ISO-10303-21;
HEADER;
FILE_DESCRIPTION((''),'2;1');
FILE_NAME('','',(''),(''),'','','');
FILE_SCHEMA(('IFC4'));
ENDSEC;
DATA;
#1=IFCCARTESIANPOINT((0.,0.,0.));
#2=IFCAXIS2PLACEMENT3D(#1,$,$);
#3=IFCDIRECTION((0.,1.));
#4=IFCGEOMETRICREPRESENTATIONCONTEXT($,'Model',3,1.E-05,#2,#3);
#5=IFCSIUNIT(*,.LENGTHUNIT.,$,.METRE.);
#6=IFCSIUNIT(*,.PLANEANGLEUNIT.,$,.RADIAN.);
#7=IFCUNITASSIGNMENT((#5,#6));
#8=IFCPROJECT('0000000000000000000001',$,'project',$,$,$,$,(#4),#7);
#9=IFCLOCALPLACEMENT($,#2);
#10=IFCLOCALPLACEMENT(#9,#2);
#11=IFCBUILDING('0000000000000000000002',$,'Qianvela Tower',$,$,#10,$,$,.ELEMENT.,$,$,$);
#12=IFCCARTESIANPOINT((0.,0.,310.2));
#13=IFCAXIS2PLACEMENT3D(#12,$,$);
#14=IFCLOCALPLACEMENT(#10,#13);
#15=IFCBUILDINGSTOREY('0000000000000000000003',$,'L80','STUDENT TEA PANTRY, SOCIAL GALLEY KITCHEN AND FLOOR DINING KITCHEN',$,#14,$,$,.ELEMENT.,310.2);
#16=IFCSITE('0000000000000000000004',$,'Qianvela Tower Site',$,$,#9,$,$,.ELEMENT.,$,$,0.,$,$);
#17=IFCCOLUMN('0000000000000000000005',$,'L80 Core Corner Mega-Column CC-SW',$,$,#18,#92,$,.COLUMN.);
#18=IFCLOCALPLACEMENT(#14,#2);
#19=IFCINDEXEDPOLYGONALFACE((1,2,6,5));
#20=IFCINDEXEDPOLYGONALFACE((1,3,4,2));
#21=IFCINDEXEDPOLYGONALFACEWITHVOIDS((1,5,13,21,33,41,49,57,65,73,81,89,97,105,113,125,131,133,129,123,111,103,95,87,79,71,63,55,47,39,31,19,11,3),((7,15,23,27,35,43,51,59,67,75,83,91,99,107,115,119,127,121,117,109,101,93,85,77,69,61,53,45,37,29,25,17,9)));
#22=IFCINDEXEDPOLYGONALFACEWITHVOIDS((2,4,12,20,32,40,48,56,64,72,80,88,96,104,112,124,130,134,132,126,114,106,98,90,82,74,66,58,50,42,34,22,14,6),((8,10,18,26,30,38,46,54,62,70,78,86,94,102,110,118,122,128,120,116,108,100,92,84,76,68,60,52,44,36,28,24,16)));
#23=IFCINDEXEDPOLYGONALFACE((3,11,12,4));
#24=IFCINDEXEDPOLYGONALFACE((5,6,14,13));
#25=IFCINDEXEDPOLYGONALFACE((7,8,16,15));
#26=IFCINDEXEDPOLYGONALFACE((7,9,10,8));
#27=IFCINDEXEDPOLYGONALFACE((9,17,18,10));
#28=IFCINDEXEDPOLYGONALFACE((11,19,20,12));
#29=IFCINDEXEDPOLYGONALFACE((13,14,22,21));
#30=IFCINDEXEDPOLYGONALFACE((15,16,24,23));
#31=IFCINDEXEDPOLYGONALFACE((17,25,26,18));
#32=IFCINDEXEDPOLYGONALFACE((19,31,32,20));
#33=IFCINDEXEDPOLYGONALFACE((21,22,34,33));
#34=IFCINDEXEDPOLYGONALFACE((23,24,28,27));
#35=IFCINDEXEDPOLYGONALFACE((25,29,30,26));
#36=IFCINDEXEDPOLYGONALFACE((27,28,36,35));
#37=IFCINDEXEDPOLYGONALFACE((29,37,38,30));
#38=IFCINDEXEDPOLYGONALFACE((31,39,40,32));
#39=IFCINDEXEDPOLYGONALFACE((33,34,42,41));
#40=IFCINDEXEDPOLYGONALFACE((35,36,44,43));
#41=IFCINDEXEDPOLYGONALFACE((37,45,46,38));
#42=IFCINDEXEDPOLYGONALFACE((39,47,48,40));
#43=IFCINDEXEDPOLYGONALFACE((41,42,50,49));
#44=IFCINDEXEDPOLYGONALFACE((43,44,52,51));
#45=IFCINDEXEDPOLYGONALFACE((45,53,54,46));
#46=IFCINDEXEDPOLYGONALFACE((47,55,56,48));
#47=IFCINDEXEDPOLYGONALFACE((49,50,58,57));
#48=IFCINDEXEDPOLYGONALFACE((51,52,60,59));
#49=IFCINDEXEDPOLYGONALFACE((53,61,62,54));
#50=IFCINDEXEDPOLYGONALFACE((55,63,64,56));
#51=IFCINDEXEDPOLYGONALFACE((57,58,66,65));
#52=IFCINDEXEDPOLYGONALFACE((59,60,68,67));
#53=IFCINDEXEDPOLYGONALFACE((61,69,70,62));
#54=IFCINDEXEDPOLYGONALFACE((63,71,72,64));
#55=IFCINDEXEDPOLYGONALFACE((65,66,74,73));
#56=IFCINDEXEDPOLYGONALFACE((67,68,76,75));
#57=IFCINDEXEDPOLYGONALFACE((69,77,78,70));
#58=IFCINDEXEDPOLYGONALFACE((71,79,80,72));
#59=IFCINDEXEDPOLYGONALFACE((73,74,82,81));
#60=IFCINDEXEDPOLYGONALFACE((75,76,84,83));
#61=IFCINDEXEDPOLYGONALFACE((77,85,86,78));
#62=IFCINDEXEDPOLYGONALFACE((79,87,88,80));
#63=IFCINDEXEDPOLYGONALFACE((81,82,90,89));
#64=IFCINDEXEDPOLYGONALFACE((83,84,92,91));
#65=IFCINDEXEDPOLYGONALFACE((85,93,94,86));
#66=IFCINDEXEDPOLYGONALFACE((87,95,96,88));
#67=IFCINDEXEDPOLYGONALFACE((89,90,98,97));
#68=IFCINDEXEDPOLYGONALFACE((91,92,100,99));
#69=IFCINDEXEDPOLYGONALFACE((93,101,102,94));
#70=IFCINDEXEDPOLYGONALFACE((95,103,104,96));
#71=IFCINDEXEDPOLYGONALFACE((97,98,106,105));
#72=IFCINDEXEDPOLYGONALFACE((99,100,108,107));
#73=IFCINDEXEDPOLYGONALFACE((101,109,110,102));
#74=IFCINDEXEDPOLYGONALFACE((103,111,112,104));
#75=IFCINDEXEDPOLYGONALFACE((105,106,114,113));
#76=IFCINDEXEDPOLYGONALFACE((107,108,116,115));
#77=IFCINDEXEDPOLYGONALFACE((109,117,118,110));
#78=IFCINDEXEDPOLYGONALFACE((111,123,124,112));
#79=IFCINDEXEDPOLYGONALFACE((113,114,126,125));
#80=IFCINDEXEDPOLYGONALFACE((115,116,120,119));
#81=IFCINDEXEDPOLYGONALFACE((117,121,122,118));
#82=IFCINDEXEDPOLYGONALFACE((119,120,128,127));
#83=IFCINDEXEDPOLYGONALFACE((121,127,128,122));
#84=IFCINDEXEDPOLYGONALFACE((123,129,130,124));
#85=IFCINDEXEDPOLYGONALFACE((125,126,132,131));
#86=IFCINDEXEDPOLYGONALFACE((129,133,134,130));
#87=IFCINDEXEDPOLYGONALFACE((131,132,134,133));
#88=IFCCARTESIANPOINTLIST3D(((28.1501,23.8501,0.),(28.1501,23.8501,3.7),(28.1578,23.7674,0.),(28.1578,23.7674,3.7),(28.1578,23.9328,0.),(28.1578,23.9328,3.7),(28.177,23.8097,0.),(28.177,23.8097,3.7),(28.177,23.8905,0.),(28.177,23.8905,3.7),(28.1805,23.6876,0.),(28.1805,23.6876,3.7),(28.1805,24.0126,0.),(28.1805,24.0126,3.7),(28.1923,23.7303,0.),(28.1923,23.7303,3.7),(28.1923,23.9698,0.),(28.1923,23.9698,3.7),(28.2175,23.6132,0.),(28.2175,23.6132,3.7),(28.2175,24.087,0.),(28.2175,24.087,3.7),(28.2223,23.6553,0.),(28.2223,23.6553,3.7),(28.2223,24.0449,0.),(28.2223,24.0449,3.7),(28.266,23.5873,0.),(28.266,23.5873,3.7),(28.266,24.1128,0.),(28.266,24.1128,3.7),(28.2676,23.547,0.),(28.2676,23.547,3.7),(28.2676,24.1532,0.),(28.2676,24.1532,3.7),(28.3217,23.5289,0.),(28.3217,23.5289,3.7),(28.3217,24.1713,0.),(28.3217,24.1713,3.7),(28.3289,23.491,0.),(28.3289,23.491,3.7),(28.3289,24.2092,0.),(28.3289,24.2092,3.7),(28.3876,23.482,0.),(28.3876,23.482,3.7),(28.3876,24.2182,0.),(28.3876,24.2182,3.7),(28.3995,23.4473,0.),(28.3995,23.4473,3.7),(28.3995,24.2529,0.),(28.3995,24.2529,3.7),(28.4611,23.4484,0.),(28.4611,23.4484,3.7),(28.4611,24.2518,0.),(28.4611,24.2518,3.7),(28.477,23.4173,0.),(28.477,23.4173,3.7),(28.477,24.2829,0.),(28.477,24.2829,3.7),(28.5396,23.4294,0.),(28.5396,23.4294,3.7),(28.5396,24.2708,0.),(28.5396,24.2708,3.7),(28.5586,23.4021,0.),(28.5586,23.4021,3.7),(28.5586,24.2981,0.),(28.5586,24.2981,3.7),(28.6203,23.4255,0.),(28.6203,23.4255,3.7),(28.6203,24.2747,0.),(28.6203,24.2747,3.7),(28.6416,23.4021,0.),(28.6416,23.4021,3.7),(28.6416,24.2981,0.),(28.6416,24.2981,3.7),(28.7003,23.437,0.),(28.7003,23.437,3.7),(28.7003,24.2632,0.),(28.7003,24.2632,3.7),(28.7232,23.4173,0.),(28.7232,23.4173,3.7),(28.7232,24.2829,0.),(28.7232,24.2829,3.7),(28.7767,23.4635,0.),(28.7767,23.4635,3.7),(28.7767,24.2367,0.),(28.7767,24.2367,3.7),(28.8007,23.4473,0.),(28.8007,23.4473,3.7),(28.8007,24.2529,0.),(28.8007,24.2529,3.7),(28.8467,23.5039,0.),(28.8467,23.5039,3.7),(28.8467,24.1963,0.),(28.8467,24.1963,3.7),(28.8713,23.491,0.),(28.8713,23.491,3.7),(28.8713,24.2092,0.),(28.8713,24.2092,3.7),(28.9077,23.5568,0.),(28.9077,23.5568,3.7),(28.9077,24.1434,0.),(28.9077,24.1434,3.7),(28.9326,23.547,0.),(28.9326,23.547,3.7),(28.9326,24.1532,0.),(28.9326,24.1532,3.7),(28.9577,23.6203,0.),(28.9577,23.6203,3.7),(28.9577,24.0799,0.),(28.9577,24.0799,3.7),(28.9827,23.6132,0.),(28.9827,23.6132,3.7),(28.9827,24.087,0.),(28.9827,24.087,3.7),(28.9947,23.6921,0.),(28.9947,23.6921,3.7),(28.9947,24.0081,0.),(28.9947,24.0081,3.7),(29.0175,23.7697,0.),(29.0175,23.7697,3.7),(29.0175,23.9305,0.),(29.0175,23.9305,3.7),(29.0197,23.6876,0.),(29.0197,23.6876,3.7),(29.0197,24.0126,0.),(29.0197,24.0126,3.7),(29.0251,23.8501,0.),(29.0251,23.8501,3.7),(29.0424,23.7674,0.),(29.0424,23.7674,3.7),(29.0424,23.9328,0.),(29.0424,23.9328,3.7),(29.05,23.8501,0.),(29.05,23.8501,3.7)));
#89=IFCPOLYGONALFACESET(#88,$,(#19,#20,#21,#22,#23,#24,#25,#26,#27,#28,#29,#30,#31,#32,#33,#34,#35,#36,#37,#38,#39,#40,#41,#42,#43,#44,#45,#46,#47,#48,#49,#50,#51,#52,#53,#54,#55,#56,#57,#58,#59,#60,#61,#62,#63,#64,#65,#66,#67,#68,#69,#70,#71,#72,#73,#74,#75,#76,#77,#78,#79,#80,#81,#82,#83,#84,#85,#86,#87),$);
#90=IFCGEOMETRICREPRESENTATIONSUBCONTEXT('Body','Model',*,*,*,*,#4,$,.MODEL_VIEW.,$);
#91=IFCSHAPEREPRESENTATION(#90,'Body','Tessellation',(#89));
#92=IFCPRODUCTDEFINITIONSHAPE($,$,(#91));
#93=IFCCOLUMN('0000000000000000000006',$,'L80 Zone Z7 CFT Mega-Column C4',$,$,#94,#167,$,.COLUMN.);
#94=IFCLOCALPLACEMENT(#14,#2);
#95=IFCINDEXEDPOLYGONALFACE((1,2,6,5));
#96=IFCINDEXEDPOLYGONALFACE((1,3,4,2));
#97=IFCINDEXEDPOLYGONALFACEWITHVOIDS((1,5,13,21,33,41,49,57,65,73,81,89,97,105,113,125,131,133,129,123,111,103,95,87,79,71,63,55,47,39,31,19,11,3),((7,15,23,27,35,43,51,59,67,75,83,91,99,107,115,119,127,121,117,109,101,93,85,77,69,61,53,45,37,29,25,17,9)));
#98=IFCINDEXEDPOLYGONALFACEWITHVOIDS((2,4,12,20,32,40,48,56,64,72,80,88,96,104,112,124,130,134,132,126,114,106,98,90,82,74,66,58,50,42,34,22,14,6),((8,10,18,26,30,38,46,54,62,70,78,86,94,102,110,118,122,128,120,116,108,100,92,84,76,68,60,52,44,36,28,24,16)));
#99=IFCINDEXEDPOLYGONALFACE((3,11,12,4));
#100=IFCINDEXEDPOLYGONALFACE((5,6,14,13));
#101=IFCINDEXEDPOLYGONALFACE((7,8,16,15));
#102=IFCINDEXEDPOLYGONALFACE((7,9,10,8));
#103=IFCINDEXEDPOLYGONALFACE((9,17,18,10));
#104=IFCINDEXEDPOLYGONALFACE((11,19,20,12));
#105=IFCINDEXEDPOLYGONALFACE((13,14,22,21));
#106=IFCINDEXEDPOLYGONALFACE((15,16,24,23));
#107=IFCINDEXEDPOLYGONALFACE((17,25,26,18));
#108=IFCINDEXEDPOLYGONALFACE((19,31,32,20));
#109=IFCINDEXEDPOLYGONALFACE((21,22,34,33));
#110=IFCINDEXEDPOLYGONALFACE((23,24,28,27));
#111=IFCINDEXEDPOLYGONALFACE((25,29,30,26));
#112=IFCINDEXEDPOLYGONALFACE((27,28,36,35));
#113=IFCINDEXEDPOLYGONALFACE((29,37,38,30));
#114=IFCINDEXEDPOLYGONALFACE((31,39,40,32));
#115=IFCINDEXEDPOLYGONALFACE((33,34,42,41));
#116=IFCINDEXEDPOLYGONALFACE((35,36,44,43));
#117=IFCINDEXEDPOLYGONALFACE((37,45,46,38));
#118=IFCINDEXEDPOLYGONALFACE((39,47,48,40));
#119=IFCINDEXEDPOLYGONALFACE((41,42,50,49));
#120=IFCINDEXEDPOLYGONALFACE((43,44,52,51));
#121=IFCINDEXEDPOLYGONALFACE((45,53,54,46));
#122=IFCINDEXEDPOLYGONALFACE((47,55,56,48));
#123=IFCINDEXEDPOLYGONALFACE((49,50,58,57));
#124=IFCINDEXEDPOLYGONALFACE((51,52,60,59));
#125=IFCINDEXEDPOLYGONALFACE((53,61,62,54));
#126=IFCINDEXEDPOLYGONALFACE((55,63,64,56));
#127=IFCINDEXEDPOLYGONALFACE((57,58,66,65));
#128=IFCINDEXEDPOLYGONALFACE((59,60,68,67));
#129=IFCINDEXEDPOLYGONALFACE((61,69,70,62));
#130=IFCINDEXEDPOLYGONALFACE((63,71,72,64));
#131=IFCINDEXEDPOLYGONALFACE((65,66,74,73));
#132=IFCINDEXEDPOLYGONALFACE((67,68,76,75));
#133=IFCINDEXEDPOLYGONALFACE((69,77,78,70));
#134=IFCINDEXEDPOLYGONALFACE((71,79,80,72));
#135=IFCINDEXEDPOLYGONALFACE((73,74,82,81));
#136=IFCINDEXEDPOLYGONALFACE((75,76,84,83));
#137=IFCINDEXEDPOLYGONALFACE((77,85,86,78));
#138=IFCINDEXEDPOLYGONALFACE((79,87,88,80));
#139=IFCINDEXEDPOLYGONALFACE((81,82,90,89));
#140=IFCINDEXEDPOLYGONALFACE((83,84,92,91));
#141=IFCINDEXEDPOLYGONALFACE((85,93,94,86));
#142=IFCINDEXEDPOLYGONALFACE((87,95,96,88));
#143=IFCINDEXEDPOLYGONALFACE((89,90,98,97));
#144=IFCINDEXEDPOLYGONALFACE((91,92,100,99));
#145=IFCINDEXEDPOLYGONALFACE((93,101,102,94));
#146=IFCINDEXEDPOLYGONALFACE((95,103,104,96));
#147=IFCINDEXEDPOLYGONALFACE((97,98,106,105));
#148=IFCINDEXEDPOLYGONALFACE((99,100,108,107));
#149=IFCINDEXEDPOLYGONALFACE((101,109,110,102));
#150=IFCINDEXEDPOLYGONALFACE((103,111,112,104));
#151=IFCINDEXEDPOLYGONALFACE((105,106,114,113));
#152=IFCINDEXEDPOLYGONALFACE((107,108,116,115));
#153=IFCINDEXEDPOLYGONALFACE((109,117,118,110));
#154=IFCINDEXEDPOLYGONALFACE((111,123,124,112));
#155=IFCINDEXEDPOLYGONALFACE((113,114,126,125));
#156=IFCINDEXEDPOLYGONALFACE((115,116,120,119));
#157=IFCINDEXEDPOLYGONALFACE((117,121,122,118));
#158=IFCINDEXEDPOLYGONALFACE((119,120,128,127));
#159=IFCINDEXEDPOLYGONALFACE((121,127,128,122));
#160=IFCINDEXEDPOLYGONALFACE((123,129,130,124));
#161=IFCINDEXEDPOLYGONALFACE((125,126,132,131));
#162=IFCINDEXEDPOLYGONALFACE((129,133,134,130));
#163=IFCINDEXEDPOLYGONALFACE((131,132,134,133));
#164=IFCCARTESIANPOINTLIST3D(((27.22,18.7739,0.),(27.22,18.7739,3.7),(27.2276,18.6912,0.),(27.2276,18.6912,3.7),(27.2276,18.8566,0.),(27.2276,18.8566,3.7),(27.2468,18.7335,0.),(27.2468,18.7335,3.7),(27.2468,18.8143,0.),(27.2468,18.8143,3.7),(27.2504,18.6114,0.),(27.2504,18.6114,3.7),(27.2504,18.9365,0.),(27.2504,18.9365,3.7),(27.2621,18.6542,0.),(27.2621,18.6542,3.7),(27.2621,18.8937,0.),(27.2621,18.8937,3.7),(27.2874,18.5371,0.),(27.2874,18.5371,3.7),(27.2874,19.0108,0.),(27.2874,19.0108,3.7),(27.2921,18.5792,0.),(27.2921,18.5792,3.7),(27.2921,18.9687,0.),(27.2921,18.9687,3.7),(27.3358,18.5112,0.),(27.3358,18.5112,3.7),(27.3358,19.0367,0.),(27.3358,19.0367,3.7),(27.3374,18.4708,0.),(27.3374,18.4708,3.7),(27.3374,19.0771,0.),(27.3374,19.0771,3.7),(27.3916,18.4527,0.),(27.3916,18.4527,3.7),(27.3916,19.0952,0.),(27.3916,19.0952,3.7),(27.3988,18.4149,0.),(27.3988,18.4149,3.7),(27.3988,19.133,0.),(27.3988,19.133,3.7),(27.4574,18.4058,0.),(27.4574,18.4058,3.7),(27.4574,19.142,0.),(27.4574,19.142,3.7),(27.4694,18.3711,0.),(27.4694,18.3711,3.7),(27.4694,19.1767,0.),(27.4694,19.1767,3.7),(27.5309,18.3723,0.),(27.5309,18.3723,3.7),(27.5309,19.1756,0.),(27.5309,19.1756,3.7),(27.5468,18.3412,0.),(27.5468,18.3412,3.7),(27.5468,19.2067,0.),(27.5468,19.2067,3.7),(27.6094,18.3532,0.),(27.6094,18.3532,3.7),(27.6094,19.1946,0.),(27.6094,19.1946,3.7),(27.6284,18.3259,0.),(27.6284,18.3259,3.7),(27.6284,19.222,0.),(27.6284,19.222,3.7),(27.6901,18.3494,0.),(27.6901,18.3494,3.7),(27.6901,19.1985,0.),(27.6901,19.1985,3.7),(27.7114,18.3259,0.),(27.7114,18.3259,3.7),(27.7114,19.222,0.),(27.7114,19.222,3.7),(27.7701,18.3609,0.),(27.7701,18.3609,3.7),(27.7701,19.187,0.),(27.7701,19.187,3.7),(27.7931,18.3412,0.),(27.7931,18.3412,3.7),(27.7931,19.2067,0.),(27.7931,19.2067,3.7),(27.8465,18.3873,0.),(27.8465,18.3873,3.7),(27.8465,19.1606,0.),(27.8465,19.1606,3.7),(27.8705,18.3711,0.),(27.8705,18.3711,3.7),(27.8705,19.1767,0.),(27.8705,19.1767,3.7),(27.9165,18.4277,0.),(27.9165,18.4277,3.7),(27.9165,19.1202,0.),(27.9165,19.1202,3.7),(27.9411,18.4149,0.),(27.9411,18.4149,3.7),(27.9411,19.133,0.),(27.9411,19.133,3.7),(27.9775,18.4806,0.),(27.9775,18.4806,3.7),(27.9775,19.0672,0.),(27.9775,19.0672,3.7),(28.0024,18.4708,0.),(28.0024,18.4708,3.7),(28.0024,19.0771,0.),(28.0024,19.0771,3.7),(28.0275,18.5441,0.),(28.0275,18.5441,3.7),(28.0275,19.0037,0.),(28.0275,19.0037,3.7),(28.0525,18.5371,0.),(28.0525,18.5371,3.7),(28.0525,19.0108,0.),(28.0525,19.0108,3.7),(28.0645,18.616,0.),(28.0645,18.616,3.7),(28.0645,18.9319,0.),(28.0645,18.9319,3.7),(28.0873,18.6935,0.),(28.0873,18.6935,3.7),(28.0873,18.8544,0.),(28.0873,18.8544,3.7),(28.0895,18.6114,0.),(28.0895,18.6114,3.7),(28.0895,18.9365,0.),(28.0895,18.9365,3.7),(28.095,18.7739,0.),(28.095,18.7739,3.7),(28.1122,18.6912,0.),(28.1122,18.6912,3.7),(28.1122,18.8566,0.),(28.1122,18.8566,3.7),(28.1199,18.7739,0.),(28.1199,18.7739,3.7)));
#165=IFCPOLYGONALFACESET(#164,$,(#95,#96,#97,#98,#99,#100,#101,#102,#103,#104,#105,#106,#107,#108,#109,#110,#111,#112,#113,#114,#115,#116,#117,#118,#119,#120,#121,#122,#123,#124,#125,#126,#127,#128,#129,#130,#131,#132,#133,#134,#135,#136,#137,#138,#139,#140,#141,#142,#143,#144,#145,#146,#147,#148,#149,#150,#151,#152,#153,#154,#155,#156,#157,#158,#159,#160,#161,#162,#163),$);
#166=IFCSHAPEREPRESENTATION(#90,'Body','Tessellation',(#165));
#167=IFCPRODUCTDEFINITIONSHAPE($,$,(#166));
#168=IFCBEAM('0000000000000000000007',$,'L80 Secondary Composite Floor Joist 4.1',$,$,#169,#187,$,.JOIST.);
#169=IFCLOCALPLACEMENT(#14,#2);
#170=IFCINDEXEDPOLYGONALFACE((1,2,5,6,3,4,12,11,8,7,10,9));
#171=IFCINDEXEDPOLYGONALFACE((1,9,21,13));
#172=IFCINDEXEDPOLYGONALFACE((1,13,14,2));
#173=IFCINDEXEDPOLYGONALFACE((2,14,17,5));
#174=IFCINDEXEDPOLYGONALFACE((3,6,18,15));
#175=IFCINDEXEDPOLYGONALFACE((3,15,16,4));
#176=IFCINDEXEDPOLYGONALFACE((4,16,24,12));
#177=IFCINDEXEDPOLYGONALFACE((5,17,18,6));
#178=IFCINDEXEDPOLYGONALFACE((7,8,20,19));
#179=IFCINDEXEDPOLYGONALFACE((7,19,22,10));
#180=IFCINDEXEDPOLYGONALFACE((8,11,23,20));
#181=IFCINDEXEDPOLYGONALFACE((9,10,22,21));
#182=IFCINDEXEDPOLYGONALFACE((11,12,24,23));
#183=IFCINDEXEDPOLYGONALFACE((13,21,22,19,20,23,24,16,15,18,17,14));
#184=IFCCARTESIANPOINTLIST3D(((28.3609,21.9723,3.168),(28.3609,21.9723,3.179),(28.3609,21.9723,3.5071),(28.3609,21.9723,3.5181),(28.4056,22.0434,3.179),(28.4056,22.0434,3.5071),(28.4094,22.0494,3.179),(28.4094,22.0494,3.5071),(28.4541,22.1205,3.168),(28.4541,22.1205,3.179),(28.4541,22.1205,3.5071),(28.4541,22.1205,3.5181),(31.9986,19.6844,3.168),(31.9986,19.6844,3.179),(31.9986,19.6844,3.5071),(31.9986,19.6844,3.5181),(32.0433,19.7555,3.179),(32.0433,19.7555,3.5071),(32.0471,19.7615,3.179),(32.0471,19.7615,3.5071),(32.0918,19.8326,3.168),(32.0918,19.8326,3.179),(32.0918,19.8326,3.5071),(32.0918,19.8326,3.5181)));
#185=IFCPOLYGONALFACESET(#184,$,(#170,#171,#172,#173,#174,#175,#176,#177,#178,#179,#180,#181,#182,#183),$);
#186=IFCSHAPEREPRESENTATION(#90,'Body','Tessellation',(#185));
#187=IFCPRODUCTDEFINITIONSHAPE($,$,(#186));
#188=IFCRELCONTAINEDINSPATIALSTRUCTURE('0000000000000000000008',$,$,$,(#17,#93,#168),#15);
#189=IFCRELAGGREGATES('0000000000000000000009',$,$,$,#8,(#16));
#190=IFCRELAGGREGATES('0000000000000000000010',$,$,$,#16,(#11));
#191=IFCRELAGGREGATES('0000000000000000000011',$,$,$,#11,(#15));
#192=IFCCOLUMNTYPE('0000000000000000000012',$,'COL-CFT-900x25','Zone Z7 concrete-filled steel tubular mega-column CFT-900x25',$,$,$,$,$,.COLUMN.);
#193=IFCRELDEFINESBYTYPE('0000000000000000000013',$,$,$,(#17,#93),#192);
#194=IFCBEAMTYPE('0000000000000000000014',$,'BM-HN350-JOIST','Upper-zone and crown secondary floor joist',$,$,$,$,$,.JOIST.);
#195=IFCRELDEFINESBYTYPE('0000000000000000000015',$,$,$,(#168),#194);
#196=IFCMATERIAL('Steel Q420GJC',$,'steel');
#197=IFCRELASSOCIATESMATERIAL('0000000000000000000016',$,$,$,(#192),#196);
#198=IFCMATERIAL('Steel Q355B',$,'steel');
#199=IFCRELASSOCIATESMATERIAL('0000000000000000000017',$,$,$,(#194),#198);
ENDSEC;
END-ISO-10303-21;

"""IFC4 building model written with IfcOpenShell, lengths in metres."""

from ifc_helpers import new_model, si_unit, direction, frame, origin, origin_2d, place, context, subcontext, project, spatial, hollow_circle, i_section, extrude, material, material_profile, profile_set, type_object, element, save


model = new_model("IFC4")

# Units and contexts
model_context = context("Model", 3, precision=1e-05, world=origin(), true_north=direction((0.0, 1.0)))
body_context = subcontext(model_context, "Body", "Model", "MODEL_VIEW")
ifc_project = project(units=[si_unit("LENGTHUNIT", "METRE"), si_unit("PLANEANGLEUNIT", "RADIAN")], contexts=[model_context])

# Site, building, storey
site_placement = place(None, origin())
site = spatial("IfcSite", under=ifc_project, at=site_placement, Name="Qianvela Tower Site", CompositionType="ELEMENT", RefElevation=0.0)
building_placement = place(site_placement, origin())
building = spatial("IfcBuilding", under=site, at=building_placement, Name="Qianvela Tower", CompositionType="ELEMENT")
storey_placement = place(building_placement, frame((0.0, 0.0, 310.2)))
storey = spatial("IfcBuildingStorey", under=building, at=storey_placement, Name="L80", Description="STUDENT TEA PANTRY, SOCIAL GALLEY KITCHEN AND FLOOR DINING KITCHEN", CompositionType="ELEMENT", Elevation=310.2)

# Columns
ifc_material_1 = material(Name="Steel Q420GJC", Category="steel")
ifc_material_profile_1 = material_profile(ifc_material_1, hollow_circle(Radius=0.45, WallThickness=0.0249, at=origin_2d()), Name="CFT-900x25")
ifc_profile_set_1 = profile_set([ifc_material_profile_1], Name="Steel Q420GJC")
column_type = type_object("IfcColumnType", Name="COL-CFT-900x25", Description="Zone Z7 concrete-filled steel tubular mega-column CFT-900x25", PredefinedType="COLUMN", material=ifc_profile_set_1)
for number, where, z_axis, x_axis, name in (
    (1, (28.6001, 23.8501, 0.0), (0.0, 0.0, 1.0), (1.0, 0.0, 0.0), "L80 Core Corner Mega-Column CC-SW"),
    (2, (27.6699, 18.7739, 0.0), (0.0, 0.0, 1.0), (1.0, 0.0, 0.0), "L80 Zone Z7 CFT Mega-Column C4"),
):
    element("IfcColumn", number, at=place(storey_placement, frame(where, z_axis=z_axis, x_axis=x_axis)), inside=storey, type_object=column_type, Name=name, PredefinedType="COLUMN", context=body_context, shape_type="SweptSolid", body=[
        extrude(hollow_circle(Radius=0.45, WallThickness=0.0249, at=origin_2d()), origin(), (0.0, 0.0, 1.0), 3.7),
    ])

# Beam
ifc_material_2 = material(Name="Steel Q355B", Category="steel")
ifc_material_profile_2 = material_profile(ifc_material_2, i_section(OverallWidth=0.175, OverallDepth=0.3501, WebThickness=0.0071, FlangeThickness=0.011, at=origin_2d()), Name="HN350x175x7x11")
ifc_profile_set_2 = profile_set([ifc_material_profile_2], Name="Steel Q355B")
beam_type_1 = type_object("IfcBeamType", Name="BM-HN350-JOIST", Description="Upper-zone and crown secondary floor joist", PredefinedType="JOIST", material=ifc_profile_set_2)
beam_1_placement = place(storey_placement, frame((28.4075, 22.0464, 3.343), z_axis=(0.846501, -0.532387, 0.0), x_axis=(0.532387, 0.846501, 0.0)))
element("IfcBeam", 3, at=beam_1_placement, inside=storey, type_object=beam_type_1, Name="L80 Secondary Composite Floor Joist 4.1", PredefinedType="JOIST", context=body_context, shape_type="SweptSolid", body=[
    extrude(i_section(OverallWidth=0.175, OverallDepth=0.3501, WebThickness=0.0071, FlangeThickness=0.011, at=origin_2d()), origin(), (0.0, 0.0, 1.0), 4.2974),
])

save(model, "model.ifc")
